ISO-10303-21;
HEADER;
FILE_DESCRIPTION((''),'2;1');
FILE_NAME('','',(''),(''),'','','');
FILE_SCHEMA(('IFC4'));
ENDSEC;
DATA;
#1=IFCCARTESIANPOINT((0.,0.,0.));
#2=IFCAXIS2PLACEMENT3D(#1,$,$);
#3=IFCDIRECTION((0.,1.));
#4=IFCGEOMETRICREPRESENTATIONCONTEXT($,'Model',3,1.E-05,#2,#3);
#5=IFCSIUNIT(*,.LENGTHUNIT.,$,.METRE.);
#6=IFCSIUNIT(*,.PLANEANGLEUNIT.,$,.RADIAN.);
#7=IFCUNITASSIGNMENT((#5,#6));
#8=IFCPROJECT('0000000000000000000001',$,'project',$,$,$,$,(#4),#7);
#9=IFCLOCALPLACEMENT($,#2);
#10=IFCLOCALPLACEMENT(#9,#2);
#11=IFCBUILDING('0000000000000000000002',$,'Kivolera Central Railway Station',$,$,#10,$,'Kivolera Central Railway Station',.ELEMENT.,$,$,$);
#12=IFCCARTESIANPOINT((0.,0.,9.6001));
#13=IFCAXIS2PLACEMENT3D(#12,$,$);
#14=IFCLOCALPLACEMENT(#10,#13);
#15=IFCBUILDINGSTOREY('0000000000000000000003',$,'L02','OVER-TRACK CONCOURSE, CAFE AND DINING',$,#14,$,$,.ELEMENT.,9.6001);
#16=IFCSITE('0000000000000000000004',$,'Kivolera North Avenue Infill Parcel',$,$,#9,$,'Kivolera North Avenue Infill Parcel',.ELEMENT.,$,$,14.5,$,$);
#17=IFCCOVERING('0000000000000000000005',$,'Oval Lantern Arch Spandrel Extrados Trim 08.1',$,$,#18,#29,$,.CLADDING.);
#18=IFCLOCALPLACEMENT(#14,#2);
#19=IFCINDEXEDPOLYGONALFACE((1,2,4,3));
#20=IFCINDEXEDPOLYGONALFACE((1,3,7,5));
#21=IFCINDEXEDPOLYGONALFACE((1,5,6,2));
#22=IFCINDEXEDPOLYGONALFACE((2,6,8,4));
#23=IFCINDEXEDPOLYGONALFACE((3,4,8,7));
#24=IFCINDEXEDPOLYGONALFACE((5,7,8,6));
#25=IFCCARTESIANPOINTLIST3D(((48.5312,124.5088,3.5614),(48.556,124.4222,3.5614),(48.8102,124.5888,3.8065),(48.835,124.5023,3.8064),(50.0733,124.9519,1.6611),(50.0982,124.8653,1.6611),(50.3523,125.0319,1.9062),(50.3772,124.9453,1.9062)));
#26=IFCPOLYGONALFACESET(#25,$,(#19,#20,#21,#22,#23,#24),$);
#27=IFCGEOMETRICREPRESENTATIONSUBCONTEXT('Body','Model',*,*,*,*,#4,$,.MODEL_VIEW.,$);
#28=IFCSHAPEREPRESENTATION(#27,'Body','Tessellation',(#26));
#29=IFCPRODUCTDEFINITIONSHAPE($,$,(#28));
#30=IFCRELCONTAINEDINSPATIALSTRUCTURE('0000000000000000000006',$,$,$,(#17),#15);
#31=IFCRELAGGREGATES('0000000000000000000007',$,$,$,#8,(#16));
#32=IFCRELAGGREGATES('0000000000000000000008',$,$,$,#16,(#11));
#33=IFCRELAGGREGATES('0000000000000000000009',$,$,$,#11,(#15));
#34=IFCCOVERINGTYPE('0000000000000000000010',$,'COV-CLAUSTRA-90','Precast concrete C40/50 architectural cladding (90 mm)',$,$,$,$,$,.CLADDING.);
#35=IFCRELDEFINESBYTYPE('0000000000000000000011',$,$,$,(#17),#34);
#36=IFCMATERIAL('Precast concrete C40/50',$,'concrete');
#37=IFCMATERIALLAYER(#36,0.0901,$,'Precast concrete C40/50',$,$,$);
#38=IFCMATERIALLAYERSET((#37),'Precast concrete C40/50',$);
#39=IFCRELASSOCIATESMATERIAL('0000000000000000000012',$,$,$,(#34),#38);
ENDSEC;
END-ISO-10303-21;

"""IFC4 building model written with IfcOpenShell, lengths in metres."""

from ifc_helpers import new_model, si_unit, direction, frame, origin, origin_2d, place, context, subcontext, project, spatial, rectangle, extrude, material, layer, layer_set, type_object, element, save


model = new_model("IFC4")

# Units and contexts
model_context = context("Model", 3, precision=1e-05, world=origin(), true_north=direction((0.0, 1.0)))
body_context = subcontext(model_context, "Body", "Model", "MODEL_VIEW")
ifc_project = project(units=[si_unit("LENGTHUNIT", "METRE"), si_unit("PLANEANGLEUNIT", "RADIAN")], contexts=[model_context])

# Site, building, storey
site_placement = place(None, origin())
site = spatial("IfcSite", under=ifc_project, at=site_placement, Name="Kivolera North Avenue Infill Parcel", LongName="Kivolera North Avenue Infill Parcel", CompositionType="ELEMENT", RefElevation=14.5)
building_placement = place(site_placement, origin())
building = spatial("IfcBuilding", under=site, at=building_placement, Name="Kivolera Central Railway Station", LongName="Kivolera Central Railway Station", CompositionType="ELEMENT")
storey_placement = place(building_placement, frame((0.0, 0.0, 9.6001)))
storey = spatial("IfcBuildingStorey", under=building, at=storey_placement, Name="L02", Description="OVER-TRACK CONCOURSE, CAFE AND DINING", CompositionType="ELEMENT", Elevation=9.6001)

# Covering
ifc_material_1 = material(Name="Precast concrete C40/50", Category="concrete")
ifc_layer_1 = layer(ifc_material_1, 0.0901, Name="Precast concrete C40/50")
ifc_layer_set_1 = layer_set([ifc_layer_1], Name="Precast concrete C40/50")
covering_type = type_object("IfcCoveringType", Name="COV-CLAUSTRA-90", Description="Precast concrete C40/50 architectural cladding (90 mm)", PredefinedType="CLADDING", material=ifc_layer_set_1)
covering_1_placement = place(storey_placement, frame((49.4541, 124.7271, 2.7339), z_axis=(-0.620082, -0.178143, 0.764044), x_axis=(-0.275632, 0.961263, 0.0)))
element("IfcCovering", 1, at=covering_1_placement, inside=storey, type_object=covering_type, Name="Oval Lantern Arch Spandrel Extrados Trim 08.1", PredefinedType="CLADDING", context=body_context, shape_type="SweptSolid", body=[
    extrude(rectangle(XDim=0.0901, YDim=0.3799, at=origin_2d()), frame((0.0, 0.0, -1.2437)), (0.0, 0.0, 1.0), 2.4871),
])

save(model, "model.ifc")
